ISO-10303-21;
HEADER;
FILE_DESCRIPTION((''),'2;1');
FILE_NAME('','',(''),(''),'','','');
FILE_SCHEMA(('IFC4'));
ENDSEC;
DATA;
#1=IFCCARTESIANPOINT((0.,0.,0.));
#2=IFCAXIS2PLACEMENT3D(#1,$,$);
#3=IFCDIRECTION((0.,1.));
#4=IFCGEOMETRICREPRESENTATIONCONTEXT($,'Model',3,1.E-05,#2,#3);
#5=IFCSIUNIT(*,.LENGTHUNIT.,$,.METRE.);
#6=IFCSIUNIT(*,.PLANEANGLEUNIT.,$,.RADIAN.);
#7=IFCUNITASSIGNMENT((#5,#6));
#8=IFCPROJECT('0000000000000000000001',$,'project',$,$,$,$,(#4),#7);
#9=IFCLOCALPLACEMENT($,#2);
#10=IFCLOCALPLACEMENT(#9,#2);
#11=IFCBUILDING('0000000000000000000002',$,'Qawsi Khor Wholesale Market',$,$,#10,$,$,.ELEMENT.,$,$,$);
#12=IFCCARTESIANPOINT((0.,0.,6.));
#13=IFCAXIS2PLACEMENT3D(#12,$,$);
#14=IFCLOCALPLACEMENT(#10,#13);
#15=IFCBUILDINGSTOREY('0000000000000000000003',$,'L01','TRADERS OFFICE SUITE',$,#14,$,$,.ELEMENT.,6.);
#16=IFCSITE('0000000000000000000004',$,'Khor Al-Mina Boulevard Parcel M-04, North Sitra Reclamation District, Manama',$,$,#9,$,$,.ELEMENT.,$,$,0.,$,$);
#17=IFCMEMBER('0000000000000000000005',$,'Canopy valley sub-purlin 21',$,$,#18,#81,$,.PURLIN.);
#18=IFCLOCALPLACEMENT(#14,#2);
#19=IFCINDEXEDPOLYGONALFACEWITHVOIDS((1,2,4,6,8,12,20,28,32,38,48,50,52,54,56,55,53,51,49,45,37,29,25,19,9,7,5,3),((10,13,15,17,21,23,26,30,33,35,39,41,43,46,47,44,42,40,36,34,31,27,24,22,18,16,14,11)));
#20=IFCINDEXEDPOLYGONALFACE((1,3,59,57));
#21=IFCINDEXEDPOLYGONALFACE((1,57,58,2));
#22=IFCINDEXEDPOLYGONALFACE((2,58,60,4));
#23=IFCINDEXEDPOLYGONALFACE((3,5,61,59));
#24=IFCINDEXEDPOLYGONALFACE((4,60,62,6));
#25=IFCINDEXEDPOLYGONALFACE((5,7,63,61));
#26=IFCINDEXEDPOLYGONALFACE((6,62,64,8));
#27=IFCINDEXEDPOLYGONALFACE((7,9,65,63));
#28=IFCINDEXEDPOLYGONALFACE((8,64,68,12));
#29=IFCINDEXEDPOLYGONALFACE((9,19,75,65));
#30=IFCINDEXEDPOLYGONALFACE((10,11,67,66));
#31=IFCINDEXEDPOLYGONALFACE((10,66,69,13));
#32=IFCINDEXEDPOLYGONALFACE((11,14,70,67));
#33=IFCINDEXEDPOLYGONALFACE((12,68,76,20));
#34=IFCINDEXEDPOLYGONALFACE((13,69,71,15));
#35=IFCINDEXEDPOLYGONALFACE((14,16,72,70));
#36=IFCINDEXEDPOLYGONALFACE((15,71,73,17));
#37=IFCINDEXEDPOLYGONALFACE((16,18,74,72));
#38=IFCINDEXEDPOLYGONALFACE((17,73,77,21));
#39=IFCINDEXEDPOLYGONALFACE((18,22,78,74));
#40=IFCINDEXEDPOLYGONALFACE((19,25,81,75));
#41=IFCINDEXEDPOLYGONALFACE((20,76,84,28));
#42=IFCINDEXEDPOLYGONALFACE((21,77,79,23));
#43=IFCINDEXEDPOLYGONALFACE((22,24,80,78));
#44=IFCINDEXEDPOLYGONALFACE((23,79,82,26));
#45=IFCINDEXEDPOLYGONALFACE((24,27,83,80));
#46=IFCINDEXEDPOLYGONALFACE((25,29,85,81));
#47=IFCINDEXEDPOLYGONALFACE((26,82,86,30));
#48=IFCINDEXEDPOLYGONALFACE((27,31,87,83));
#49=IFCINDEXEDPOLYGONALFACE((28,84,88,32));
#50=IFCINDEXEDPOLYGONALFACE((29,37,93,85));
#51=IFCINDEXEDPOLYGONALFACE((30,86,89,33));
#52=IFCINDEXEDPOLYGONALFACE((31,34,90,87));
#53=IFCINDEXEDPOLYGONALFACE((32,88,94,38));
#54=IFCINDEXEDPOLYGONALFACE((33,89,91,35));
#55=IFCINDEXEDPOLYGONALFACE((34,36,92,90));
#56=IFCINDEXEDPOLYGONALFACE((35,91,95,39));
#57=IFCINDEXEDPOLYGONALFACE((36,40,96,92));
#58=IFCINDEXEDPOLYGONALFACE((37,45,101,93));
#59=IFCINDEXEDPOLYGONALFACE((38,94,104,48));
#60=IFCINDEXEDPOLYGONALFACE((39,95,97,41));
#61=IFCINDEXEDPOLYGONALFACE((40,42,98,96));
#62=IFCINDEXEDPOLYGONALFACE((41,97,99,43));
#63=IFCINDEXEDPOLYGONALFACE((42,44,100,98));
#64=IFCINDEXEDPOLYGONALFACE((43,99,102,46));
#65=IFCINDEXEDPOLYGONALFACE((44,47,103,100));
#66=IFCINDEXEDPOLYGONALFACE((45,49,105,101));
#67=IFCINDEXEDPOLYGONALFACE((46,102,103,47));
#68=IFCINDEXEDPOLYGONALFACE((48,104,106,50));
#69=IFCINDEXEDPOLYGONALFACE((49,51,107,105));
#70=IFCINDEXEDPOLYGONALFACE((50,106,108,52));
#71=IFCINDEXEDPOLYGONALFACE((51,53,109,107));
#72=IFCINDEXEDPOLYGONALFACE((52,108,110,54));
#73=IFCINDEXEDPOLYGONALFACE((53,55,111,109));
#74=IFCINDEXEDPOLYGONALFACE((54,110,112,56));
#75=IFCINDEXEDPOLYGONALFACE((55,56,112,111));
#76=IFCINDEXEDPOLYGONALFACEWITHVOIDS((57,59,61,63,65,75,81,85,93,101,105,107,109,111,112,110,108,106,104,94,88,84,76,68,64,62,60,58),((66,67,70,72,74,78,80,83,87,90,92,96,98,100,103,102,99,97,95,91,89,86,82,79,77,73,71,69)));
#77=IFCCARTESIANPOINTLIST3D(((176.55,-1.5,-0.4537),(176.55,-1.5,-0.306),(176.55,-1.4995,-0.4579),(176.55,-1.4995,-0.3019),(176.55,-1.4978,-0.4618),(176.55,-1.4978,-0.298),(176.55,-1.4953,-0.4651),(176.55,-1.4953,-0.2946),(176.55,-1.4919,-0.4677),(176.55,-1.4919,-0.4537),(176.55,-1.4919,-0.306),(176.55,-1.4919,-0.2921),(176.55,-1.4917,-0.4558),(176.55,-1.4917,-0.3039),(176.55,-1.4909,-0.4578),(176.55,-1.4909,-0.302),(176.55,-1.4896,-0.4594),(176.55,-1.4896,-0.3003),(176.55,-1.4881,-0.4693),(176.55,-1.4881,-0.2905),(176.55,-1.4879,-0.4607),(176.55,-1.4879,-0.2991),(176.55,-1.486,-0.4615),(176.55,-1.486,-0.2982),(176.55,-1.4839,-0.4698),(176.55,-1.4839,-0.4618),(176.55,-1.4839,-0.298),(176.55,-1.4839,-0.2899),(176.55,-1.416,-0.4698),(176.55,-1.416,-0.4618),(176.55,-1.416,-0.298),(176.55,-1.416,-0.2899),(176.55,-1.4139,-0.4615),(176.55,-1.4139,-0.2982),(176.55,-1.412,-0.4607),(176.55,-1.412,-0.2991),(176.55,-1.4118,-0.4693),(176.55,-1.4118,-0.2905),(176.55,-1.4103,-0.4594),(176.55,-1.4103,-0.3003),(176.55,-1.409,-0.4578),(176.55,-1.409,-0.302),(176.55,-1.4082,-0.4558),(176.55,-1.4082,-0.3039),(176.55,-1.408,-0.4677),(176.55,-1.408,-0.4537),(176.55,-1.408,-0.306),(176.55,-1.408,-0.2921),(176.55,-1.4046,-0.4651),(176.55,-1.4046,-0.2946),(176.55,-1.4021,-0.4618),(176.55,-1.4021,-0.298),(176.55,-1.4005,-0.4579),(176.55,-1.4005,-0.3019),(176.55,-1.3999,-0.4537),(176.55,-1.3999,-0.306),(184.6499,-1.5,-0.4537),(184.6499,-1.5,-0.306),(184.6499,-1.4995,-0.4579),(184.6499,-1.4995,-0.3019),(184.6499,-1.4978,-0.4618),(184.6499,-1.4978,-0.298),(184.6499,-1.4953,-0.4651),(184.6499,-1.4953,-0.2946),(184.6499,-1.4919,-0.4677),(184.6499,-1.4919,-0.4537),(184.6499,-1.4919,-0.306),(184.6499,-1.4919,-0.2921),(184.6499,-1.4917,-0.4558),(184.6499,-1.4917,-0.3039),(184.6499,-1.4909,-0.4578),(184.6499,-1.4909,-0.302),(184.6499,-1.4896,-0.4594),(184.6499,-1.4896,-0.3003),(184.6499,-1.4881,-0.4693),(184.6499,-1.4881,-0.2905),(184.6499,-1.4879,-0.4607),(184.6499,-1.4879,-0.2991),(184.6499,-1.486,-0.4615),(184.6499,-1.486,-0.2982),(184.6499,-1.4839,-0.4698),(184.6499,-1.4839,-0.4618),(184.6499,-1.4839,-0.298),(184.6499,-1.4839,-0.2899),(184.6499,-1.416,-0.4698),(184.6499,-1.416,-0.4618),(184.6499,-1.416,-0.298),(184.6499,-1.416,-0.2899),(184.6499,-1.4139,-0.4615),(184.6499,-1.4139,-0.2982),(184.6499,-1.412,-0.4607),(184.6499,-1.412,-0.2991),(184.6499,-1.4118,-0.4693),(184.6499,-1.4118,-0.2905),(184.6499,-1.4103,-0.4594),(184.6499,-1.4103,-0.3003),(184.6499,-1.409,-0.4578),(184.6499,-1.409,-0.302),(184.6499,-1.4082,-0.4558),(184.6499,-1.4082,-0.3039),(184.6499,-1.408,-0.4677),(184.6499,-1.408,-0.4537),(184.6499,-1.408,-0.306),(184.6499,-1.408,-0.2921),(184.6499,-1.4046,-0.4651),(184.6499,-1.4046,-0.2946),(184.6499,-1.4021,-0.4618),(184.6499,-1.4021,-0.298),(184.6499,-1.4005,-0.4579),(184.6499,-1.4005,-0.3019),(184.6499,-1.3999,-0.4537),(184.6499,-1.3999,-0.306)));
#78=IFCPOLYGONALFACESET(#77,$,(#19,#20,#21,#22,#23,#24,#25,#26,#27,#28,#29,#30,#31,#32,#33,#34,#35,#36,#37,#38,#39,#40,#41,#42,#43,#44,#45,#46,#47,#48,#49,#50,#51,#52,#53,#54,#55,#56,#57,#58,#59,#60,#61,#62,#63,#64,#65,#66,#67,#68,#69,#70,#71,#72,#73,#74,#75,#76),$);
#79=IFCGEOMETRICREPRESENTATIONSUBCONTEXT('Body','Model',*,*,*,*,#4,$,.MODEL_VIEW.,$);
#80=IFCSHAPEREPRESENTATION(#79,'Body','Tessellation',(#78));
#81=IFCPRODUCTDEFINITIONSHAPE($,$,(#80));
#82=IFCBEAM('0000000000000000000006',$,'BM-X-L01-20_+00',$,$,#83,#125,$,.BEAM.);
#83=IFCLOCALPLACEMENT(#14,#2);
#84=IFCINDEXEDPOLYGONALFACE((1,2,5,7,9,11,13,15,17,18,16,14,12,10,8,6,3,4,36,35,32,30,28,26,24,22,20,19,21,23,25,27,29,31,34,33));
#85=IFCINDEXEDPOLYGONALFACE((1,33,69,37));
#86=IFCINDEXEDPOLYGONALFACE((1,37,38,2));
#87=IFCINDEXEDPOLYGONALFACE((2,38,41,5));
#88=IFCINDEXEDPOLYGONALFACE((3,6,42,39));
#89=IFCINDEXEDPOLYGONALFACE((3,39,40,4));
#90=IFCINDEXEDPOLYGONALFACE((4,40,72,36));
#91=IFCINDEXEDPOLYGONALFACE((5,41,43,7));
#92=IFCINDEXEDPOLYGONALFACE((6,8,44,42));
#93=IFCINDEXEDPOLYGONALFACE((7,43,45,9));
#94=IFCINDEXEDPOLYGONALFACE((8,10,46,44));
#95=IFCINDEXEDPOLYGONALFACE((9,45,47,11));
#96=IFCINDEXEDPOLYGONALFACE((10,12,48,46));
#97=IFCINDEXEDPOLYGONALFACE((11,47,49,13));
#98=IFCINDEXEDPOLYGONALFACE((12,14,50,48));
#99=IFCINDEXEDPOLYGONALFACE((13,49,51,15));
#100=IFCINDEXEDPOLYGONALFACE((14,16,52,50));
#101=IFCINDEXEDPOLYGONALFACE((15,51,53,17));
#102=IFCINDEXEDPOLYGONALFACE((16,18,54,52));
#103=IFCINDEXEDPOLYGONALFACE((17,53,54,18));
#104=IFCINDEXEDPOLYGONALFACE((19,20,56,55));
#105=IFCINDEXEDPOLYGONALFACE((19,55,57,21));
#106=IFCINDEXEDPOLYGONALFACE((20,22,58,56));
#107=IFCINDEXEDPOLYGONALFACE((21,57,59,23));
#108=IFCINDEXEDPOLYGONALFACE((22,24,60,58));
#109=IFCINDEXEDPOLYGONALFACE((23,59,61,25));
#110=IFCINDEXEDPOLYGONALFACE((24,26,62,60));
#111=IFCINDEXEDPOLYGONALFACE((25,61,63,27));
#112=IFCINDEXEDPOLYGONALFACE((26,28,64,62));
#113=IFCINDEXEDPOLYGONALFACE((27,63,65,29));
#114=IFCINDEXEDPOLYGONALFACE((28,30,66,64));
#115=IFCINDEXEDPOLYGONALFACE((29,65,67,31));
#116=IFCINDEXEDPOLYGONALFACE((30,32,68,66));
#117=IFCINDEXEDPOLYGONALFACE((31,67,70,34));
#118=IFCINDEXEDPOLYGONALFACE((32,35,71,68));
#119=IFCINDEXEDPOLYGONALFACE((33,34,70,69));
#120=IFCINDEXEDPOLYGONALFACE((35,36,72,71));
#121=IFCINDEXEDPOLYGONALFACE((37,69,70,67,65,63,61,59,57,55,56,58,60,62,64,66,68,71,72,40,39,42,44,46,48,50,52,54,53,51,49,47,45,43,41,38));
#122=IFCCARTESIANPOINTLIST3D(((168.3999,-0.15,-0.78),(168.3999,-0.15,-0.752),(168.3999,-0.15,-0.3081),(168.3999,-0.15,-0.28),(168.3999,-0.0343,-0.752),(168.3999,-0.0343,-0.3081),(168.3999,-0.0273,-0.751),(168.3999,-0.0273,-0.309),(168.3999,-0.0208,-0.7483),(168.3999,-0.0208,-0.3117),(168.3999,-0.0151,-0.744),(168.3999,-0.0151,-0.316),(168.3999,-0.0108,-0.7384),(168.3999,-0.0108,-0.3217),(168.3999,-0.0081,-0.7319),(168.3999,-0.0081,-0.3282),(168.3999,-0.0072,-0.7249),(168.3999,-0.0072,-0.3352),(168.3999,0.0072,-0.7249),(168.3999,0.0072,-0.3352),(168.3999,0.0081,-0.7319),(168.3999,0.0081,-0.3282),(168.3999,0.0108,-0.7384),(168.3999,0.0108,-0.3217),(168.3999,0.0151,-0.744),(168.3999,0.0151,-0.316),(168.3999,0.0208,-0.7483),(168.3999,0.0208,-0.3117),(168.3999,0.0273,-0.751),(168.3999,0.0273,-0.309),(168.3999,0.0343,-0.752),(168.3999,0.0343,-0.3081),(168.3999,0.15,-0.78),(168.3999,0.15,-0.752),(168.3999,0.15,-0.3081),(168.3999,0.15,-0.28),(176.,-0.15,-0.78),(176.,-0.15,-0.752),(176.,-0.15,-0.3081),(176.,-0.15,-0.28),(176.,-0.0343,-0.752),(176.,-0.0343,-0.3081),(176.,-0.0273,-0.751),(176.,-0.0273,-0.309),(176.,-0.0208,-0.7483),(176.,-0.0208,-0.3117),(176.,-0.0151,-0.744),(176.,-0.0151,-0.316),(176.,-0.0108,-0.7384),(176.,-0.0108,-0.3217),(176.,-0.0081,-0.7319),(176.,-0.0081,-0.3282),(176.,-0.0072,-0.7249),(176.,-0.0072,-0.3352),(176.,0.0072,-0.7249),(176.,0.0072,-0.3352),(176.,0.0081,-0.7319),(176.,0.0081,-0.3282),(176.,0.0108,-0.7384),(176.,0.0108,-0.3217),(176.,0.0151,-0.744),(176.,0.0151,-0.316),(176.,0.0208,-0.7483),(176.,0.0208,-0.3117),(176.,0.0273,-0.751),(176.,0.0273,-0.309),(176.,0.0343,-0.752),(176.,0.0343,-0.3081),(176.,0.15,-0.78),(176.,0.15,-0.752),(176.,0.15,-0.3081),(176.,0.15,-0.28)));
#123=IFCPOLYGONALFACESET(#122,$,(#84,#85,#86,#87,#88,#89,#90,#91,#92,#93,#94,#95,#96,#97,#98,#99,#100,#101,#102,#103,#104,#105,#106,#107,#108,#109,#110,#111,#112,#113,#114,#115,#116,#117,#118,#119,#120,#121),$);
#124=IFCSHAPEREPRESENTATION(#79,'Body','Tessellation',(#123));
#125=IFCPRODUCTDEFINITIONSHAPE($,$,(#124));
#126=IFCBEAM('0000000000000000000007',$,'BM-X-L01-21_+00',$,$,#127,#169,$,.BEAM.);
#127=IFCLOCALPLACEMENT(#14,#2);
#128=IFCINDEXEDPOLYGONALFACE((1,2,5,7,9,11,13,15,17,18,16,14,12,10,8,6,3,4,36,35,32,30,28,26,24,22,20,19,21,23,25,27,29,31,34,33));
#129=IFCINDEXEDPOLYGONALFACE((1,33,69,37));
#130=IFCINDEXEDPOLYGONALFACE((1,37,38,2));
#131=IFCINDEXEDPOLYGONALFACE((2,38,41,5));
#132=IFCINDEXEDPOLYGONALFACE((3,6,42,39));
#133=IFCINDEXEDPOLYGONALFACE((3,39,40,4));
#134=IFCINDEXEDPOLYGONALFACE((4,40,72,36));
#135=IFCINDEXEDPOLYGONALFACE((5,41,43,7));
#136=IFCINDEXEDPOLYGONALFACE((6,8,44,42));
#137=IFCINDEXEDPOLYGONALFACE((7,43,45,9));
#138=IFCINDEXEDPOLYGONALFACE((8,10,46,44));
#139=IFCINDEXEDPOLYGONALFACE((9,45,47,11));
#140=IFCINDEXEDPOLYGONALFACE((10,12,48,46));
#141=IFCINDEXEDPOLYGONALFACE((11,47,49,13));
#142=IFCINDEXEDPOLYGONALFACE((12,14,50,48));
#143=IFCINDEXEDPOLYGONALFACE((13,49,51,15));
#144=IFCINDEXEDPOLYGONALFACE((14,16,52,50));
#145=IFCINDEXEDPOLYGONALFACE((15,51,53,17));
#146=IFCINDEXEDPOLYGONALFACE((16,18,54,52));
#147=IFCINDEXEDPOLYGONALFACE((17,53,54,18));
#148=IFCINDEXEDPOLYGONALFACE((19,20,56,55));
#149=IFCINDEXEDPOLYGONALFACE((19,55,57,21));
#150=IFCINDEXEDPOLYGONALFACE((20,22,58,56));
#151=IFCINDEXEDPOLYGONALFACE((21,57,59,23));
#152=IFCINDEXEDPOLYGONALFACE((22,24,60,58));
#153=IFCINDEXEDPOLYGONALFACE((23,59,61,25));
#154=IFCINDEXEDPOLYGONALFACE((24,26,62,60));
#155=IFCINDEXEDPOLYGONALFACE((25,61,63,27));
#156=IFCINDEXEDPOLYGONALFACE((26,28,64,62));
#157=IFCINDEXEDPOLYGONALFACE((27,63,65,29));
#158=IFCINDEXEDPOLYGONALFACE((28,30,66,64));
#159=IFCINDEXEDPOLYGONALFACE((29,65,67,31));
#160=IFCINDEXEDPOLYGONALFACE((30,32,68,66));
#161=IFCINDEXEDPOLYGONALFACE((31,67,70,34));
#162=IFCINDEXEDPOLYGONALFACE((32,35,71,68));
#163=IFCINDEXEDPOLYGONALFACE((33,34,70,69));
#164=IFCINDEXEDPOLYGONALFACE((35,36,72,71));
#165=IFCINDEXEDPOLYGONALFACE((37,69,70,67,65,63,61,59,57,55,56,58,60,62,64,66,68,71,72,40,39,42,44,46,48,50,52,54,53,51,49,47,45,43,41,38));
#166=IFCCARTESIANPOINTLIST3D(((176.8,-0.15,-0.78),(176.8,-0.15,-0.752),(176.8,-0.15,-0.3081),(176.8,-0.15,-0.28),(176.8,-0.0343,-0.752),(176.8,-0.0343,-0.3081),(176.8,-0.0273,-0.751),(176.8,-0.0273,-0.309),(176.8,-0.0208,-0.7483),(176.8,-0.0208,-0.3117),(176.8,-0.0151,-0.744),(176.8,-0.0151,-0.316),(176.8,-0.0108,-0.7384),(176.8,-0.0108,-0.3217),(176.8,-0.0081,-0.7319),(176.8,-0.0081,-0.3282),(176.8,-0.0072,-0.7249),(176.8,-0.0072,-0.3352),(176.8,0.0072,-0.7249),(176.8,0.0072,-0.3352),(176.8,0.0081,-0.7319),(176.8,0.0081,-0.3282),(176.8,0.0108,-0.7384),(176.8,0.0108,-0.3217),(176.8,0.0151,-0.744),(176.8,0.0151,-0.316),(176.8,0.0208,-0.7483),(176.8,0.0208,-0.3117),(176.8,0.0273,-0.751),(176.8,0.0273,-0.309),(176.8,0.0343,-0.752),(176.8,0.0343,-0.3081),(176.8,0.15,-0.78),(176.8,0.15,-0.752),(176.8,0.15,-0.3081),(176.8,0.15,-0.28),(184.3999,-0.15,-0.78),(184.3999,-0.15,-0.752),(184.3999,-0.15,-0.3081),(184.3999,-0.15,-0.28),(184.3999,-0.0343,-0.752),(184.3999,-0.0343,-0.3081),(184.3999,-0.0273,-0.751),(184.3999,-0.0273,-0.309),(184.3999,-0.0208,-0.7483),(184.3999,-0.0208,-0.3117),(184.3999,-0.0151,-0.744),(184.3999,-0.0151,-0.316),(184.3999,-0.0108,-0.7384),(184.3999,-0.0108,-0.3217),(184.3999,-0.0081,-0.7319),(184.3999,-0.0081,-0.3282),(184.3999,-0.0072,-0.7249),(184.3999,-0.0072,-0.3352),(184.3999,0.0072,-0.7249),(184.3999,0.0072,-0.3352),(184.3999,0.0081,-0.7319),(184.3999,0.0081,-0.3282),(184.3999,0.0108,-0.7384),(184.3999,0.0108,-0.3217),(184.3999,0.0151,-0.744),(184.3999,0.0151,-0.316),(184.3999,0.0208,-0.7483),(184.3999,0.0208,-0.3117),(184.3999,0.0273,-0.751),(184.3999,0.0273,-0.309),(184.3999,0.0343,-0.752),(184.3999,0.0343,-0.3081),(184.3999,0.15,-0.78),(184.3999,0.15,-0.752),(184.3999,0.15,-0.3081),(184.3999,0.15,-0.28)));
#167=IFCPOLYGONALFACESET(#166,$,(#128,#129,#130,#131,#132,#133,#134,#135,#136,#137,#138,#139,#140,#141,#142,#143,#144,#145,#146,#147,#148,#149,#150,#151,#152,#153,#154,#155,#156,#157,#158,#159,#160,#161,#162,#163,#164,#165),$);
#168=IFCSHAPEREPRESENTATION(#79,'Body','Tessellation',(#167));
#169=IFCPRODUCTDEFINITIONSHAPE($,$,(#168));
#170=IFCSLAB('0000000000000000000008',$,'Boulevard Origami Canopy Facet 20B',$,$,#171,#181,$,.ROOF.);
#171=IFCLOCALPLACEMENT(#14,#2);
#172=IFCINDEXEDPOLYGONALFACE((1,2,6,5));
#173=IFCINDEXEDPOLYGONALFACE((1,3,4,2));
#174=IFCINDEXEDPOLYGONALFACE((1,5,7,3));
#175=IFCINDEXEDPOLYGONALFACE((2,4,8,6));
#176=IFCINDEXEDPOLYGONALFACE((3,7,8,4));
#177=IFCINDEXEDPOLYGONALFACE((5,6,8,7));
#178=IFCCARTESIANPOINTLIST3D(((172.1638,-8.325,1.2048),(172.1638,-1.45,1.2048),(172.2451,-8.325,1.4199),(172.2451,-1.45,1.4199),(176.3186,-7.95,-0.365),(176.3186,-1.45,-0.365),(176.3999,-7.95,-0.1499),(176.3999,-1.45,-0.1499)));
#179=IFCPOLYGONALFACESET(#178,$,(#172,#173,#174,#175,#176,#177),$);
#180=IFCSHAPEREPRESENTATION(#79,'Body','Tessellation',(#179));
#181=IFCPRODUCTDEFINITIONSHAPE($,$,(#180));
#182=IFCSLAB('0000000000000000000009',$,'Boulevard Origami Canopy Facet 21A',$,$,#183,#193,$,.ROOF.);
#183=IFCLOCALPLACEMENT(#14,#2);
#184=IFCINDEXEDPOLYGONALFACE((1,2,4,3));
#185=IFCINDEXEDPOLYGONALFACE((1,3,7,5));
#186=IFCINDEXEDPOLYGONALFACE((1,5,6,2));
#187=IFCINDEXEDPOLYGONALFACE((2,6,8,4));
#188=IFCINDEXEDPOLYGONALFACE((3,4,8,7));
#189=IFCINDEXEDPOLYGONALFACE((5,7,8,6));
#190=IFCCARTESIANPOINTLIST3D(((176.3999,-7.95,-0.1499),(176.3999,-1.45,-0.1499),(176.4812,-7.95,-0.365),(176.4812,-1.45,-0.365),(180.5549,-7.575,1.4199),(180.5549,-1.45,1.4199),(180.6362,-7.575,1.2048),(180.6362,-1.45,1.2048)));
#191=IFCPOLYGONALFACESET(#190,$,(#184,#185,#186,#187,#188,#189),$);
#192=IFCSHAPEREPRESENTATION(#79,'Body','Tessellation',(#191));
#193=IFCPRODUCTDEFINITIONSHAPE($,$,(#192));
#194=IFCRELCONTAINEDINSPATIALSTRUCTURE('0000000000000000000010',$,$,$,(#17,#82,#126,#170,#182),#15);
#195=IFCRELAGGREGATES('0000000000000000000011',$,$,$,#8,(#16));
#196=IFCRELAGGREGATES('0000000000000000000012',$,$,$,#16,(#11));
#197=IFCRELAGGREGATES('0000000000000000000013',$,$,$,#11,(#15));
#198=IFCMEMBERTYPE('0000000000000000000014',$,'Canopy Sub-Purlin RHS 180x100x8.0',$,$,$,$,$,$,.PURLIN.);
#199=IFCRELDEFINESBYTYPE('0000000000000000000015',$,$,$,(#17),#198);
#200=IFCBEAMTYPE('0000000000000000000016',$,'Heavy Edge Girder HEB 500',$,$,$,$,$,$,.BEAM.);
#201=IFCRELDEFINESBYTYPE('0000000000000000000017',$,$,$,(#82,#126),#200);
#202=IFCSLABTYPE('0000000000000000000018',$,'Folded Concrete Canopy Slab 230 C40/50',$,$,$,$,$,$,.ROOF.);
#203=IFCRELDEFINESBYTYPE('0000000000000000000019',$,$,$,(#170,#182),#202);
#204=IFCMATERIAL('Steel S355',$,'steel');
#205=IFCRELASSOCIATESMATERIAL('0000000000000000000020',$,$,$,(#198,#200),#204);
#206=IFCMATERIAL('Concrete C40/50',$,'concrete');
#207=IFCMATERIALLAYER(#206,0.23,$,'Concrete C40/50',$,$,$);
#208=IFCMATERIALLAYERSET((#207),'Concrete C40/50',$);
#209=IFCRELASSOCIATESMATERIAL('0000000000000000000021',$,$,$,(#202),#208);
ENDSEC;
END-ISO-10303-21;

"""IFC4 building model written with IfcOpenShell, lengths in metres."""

from ifc_helpers import new_model, si_unit, direction, frame, origin, origin_2d, place, context, subcontext, project, spatial, polyline, hollow_rectangle, i_section, outline, extrude, material, layer, layer_set, material_profile, profile_set, type_object, element, save


model = new_model("IFC4")

# Units and contexts
model_context = context("Model", 3, precision=1e-05, world=origin(), true_north=direction((0.0, 1.0)))
body_context = subcontext(model_context, "Body", "Model", "MODEL_VIEW")
ifc_project = project(units=[si_unit("LENGTHUNIT", "METRE"), si_unit("PLANEANGLEUNIT", "RADIAN")], contexts=[model_context])

# Site, building, storey
site_placement = place(None, origin())
site = spatial("IfcSite", under=ifc_project, at=site_placement, Name="Khor Al-Mina Boulevard Parcel M-04, North Sitra Reclamation District, Manama", CompositionType="ELEMENT", RefElevation=0.0)
building_placement = place(site_placement, origin())
building = spatial("IfcBuilding", under=site, at=building_placement, Name="Qawsi Khor Wholesale Market", CompositionType="ELEMENT")
storey_placement = place(building_placement, frame((0.0, 0.0, 6.0)))
storey = spatial("IfcBuildingStorey", under=building, at=storey_placement, Name="L01", Description="TRADERS OFFICE SUITE", CompositionType="ELEMENT", Elevation=6.0)

# Shared definitions
ifc_material_1 = material(Name="Concrete C40/50", Category="concrete")

# Shared definitions
ifc_material_2 = material(Name="Steel S355", Category="steel")

# Member
ifc_material_profile_1 = material_profile(ifc_material_2, hollow_rectangle(XDim=0.1001, YDim=0.1799, WallThickness=0.0081, InnerFilletRadius=0.0081, OuterFilletRadius=0.0161, at=origin_2d()), Name="RHS 180x100x8.0")
ifc_profile_set_1 = profile_set([ifc_material_profile_1], Name="Steel S355")
member_type = type_object("IfcMemberType", Name="Canopy Sub-Purlin RHS 180x100x8.0", PredefinedType="PURLIN", material=ifc_profile_set_1)
member_1_placement = place(storey_placement, frame((176.55, -1.45, -0.3799), z_axis=(1.0, 0.0, 0.0), x_axis=(0.0, 1.0, 0.0)))
element("IfcMember", 1, at=member_1_placement, inside=storey, type_object=member_type, Name="Canopy valley sub-purlin 21", PredefinedType="PURLIN", context=body_context, shape_type="SweptSolid", body=[
    extrude(hollow_rectangle(XDim=0.1001, YDim=0.1799, WallThickness=0.0081, InnerFilletRadius=0.0081, OuterFilletRadius=0.0161, at=origin_2d()), origin(), (0.0, 0.0, 1.0), 8.0999),
])

# Beams
ifc_material_profile_2 = material_profile(ifc_material_2, i_section(OverallWidth=0.3, OverallDepth=0.5, WebThickness=0.0144, FlangeThickness=0.0281, FilletRadius=0.0271, at=origin_2d()), Name="HEB 500")
ifc_profile_set_2 = profile_set([ifc_material_profile_2], Name="Steel S355")
beam_type_1 = type_object("IfcBeamType", Name="Heavy Edge Girder HEB 500", PredefinedType="BEAM", material=ifc_profile_set_2)
beam_1_placement = place(storey_placement, frame((168.3999, 0.0, -0.53), z_axis=(1.0, 0.0, 0.0), x_axis=(0.0, 1.0, 0.0)))
element("IfcBeam", 2, at=beam_1_placement, inside=storey, type_object=beam_type_1, Name="BM-X-L01-20_+00", PredefinedType="BEAM", context=body_context, shape_type="SweptSolid", body=[
    extrude(i_section(OverallWidth=0.3, OverallDepth=0.5, WebThickness=0.0144, FlangeThickness=0.0281, FilletRadius=0.0271, at=origin_2d()), origin(), (0.0, 0.0, 1.0), 7.6001),
])
beam_2_placement = place(storey_placement, frame((176.8, 0.0, -0.53), z_axis=(1.0, 0.0, 0.0), x_axis=(0.0, 1.0, 0.0)))
element("IfcBeam", 3, at=beam_2_placement, inside=storey, type_object=beam_type_1, Name="BM-X-L01-21_+00", PredefinedType="BEAM", context=body_context, shape_type="SweptSolid", body=[
    extrude(i_section(OverallWidth=0.3, OverallDepth=0.5, WebThickness=0.0144, FlangeThickness=0.0281, FilletRadius=0.0271, at=origin_2d()), origin(), (0.0, 0.0, 1.0), 7.5999),
])

# Slabs
ifc_layer_1 = layer(ifc_material_1, 0.23, Name="Concrete C40/50")
ifc_layer_set_1 = layer_set([ifc_layer_1], Name="Concrete C40/50")
slab_type = type_object("IfcSlabType", Name="Folded Concrete Canopy Slab 230 C40/50", PredefinedType="ROOF", material=ifc_layer_set_1)
slab_1_placement = place(storey_placement, frame((172.2451, -8.325, 1.4199), z_axis=(0.353448, 0.0, 0.935454), x_axis=(0.932138, 0.084132, -0.352194)))
element("IfcSlab", 4, at=slab_1_placement, inside=storey, type_object=slab_type, Name="Boulevard Origami Canopy Facet 20B", PredefinedType="ROOF", context=body_context, shape_type="SweptSolid", body=[
    extrude(outline(polyline([(0.0, 0.0), (4.4573, 0.0), (5.0041, 6.477), (0.5784, 6.8506), (0.0, 0.0)])), origin(), (0.0, 0.0, -1.0), 0.23),
])
slab_2_placement = place(storey_placement, frame((176.3999, -7.95, -0.1499), z_axis=(-0.353429, 0.0, 0.935461), x_axis=(0.932145, 0.084128, 0.352177)))
element("IfcSlab", 5, at=slab_2_placement, inside=storey, type_object=slab_type, Name="Boulevard Origami Canopy Facet 21A", PredefinedType="ROOF", context=body_context, shape_type="SweptSolid", body=[
    extrude(outline(polyline([(0.0, 0.0), (4.4575, 0.0), (4.9728, 6.1033), (0.5468, 6.477), (0.0, 0.0)])), origin(), (0.0, 0.0, -1.0), 0.23),
])

save(model, "model.ifc")
